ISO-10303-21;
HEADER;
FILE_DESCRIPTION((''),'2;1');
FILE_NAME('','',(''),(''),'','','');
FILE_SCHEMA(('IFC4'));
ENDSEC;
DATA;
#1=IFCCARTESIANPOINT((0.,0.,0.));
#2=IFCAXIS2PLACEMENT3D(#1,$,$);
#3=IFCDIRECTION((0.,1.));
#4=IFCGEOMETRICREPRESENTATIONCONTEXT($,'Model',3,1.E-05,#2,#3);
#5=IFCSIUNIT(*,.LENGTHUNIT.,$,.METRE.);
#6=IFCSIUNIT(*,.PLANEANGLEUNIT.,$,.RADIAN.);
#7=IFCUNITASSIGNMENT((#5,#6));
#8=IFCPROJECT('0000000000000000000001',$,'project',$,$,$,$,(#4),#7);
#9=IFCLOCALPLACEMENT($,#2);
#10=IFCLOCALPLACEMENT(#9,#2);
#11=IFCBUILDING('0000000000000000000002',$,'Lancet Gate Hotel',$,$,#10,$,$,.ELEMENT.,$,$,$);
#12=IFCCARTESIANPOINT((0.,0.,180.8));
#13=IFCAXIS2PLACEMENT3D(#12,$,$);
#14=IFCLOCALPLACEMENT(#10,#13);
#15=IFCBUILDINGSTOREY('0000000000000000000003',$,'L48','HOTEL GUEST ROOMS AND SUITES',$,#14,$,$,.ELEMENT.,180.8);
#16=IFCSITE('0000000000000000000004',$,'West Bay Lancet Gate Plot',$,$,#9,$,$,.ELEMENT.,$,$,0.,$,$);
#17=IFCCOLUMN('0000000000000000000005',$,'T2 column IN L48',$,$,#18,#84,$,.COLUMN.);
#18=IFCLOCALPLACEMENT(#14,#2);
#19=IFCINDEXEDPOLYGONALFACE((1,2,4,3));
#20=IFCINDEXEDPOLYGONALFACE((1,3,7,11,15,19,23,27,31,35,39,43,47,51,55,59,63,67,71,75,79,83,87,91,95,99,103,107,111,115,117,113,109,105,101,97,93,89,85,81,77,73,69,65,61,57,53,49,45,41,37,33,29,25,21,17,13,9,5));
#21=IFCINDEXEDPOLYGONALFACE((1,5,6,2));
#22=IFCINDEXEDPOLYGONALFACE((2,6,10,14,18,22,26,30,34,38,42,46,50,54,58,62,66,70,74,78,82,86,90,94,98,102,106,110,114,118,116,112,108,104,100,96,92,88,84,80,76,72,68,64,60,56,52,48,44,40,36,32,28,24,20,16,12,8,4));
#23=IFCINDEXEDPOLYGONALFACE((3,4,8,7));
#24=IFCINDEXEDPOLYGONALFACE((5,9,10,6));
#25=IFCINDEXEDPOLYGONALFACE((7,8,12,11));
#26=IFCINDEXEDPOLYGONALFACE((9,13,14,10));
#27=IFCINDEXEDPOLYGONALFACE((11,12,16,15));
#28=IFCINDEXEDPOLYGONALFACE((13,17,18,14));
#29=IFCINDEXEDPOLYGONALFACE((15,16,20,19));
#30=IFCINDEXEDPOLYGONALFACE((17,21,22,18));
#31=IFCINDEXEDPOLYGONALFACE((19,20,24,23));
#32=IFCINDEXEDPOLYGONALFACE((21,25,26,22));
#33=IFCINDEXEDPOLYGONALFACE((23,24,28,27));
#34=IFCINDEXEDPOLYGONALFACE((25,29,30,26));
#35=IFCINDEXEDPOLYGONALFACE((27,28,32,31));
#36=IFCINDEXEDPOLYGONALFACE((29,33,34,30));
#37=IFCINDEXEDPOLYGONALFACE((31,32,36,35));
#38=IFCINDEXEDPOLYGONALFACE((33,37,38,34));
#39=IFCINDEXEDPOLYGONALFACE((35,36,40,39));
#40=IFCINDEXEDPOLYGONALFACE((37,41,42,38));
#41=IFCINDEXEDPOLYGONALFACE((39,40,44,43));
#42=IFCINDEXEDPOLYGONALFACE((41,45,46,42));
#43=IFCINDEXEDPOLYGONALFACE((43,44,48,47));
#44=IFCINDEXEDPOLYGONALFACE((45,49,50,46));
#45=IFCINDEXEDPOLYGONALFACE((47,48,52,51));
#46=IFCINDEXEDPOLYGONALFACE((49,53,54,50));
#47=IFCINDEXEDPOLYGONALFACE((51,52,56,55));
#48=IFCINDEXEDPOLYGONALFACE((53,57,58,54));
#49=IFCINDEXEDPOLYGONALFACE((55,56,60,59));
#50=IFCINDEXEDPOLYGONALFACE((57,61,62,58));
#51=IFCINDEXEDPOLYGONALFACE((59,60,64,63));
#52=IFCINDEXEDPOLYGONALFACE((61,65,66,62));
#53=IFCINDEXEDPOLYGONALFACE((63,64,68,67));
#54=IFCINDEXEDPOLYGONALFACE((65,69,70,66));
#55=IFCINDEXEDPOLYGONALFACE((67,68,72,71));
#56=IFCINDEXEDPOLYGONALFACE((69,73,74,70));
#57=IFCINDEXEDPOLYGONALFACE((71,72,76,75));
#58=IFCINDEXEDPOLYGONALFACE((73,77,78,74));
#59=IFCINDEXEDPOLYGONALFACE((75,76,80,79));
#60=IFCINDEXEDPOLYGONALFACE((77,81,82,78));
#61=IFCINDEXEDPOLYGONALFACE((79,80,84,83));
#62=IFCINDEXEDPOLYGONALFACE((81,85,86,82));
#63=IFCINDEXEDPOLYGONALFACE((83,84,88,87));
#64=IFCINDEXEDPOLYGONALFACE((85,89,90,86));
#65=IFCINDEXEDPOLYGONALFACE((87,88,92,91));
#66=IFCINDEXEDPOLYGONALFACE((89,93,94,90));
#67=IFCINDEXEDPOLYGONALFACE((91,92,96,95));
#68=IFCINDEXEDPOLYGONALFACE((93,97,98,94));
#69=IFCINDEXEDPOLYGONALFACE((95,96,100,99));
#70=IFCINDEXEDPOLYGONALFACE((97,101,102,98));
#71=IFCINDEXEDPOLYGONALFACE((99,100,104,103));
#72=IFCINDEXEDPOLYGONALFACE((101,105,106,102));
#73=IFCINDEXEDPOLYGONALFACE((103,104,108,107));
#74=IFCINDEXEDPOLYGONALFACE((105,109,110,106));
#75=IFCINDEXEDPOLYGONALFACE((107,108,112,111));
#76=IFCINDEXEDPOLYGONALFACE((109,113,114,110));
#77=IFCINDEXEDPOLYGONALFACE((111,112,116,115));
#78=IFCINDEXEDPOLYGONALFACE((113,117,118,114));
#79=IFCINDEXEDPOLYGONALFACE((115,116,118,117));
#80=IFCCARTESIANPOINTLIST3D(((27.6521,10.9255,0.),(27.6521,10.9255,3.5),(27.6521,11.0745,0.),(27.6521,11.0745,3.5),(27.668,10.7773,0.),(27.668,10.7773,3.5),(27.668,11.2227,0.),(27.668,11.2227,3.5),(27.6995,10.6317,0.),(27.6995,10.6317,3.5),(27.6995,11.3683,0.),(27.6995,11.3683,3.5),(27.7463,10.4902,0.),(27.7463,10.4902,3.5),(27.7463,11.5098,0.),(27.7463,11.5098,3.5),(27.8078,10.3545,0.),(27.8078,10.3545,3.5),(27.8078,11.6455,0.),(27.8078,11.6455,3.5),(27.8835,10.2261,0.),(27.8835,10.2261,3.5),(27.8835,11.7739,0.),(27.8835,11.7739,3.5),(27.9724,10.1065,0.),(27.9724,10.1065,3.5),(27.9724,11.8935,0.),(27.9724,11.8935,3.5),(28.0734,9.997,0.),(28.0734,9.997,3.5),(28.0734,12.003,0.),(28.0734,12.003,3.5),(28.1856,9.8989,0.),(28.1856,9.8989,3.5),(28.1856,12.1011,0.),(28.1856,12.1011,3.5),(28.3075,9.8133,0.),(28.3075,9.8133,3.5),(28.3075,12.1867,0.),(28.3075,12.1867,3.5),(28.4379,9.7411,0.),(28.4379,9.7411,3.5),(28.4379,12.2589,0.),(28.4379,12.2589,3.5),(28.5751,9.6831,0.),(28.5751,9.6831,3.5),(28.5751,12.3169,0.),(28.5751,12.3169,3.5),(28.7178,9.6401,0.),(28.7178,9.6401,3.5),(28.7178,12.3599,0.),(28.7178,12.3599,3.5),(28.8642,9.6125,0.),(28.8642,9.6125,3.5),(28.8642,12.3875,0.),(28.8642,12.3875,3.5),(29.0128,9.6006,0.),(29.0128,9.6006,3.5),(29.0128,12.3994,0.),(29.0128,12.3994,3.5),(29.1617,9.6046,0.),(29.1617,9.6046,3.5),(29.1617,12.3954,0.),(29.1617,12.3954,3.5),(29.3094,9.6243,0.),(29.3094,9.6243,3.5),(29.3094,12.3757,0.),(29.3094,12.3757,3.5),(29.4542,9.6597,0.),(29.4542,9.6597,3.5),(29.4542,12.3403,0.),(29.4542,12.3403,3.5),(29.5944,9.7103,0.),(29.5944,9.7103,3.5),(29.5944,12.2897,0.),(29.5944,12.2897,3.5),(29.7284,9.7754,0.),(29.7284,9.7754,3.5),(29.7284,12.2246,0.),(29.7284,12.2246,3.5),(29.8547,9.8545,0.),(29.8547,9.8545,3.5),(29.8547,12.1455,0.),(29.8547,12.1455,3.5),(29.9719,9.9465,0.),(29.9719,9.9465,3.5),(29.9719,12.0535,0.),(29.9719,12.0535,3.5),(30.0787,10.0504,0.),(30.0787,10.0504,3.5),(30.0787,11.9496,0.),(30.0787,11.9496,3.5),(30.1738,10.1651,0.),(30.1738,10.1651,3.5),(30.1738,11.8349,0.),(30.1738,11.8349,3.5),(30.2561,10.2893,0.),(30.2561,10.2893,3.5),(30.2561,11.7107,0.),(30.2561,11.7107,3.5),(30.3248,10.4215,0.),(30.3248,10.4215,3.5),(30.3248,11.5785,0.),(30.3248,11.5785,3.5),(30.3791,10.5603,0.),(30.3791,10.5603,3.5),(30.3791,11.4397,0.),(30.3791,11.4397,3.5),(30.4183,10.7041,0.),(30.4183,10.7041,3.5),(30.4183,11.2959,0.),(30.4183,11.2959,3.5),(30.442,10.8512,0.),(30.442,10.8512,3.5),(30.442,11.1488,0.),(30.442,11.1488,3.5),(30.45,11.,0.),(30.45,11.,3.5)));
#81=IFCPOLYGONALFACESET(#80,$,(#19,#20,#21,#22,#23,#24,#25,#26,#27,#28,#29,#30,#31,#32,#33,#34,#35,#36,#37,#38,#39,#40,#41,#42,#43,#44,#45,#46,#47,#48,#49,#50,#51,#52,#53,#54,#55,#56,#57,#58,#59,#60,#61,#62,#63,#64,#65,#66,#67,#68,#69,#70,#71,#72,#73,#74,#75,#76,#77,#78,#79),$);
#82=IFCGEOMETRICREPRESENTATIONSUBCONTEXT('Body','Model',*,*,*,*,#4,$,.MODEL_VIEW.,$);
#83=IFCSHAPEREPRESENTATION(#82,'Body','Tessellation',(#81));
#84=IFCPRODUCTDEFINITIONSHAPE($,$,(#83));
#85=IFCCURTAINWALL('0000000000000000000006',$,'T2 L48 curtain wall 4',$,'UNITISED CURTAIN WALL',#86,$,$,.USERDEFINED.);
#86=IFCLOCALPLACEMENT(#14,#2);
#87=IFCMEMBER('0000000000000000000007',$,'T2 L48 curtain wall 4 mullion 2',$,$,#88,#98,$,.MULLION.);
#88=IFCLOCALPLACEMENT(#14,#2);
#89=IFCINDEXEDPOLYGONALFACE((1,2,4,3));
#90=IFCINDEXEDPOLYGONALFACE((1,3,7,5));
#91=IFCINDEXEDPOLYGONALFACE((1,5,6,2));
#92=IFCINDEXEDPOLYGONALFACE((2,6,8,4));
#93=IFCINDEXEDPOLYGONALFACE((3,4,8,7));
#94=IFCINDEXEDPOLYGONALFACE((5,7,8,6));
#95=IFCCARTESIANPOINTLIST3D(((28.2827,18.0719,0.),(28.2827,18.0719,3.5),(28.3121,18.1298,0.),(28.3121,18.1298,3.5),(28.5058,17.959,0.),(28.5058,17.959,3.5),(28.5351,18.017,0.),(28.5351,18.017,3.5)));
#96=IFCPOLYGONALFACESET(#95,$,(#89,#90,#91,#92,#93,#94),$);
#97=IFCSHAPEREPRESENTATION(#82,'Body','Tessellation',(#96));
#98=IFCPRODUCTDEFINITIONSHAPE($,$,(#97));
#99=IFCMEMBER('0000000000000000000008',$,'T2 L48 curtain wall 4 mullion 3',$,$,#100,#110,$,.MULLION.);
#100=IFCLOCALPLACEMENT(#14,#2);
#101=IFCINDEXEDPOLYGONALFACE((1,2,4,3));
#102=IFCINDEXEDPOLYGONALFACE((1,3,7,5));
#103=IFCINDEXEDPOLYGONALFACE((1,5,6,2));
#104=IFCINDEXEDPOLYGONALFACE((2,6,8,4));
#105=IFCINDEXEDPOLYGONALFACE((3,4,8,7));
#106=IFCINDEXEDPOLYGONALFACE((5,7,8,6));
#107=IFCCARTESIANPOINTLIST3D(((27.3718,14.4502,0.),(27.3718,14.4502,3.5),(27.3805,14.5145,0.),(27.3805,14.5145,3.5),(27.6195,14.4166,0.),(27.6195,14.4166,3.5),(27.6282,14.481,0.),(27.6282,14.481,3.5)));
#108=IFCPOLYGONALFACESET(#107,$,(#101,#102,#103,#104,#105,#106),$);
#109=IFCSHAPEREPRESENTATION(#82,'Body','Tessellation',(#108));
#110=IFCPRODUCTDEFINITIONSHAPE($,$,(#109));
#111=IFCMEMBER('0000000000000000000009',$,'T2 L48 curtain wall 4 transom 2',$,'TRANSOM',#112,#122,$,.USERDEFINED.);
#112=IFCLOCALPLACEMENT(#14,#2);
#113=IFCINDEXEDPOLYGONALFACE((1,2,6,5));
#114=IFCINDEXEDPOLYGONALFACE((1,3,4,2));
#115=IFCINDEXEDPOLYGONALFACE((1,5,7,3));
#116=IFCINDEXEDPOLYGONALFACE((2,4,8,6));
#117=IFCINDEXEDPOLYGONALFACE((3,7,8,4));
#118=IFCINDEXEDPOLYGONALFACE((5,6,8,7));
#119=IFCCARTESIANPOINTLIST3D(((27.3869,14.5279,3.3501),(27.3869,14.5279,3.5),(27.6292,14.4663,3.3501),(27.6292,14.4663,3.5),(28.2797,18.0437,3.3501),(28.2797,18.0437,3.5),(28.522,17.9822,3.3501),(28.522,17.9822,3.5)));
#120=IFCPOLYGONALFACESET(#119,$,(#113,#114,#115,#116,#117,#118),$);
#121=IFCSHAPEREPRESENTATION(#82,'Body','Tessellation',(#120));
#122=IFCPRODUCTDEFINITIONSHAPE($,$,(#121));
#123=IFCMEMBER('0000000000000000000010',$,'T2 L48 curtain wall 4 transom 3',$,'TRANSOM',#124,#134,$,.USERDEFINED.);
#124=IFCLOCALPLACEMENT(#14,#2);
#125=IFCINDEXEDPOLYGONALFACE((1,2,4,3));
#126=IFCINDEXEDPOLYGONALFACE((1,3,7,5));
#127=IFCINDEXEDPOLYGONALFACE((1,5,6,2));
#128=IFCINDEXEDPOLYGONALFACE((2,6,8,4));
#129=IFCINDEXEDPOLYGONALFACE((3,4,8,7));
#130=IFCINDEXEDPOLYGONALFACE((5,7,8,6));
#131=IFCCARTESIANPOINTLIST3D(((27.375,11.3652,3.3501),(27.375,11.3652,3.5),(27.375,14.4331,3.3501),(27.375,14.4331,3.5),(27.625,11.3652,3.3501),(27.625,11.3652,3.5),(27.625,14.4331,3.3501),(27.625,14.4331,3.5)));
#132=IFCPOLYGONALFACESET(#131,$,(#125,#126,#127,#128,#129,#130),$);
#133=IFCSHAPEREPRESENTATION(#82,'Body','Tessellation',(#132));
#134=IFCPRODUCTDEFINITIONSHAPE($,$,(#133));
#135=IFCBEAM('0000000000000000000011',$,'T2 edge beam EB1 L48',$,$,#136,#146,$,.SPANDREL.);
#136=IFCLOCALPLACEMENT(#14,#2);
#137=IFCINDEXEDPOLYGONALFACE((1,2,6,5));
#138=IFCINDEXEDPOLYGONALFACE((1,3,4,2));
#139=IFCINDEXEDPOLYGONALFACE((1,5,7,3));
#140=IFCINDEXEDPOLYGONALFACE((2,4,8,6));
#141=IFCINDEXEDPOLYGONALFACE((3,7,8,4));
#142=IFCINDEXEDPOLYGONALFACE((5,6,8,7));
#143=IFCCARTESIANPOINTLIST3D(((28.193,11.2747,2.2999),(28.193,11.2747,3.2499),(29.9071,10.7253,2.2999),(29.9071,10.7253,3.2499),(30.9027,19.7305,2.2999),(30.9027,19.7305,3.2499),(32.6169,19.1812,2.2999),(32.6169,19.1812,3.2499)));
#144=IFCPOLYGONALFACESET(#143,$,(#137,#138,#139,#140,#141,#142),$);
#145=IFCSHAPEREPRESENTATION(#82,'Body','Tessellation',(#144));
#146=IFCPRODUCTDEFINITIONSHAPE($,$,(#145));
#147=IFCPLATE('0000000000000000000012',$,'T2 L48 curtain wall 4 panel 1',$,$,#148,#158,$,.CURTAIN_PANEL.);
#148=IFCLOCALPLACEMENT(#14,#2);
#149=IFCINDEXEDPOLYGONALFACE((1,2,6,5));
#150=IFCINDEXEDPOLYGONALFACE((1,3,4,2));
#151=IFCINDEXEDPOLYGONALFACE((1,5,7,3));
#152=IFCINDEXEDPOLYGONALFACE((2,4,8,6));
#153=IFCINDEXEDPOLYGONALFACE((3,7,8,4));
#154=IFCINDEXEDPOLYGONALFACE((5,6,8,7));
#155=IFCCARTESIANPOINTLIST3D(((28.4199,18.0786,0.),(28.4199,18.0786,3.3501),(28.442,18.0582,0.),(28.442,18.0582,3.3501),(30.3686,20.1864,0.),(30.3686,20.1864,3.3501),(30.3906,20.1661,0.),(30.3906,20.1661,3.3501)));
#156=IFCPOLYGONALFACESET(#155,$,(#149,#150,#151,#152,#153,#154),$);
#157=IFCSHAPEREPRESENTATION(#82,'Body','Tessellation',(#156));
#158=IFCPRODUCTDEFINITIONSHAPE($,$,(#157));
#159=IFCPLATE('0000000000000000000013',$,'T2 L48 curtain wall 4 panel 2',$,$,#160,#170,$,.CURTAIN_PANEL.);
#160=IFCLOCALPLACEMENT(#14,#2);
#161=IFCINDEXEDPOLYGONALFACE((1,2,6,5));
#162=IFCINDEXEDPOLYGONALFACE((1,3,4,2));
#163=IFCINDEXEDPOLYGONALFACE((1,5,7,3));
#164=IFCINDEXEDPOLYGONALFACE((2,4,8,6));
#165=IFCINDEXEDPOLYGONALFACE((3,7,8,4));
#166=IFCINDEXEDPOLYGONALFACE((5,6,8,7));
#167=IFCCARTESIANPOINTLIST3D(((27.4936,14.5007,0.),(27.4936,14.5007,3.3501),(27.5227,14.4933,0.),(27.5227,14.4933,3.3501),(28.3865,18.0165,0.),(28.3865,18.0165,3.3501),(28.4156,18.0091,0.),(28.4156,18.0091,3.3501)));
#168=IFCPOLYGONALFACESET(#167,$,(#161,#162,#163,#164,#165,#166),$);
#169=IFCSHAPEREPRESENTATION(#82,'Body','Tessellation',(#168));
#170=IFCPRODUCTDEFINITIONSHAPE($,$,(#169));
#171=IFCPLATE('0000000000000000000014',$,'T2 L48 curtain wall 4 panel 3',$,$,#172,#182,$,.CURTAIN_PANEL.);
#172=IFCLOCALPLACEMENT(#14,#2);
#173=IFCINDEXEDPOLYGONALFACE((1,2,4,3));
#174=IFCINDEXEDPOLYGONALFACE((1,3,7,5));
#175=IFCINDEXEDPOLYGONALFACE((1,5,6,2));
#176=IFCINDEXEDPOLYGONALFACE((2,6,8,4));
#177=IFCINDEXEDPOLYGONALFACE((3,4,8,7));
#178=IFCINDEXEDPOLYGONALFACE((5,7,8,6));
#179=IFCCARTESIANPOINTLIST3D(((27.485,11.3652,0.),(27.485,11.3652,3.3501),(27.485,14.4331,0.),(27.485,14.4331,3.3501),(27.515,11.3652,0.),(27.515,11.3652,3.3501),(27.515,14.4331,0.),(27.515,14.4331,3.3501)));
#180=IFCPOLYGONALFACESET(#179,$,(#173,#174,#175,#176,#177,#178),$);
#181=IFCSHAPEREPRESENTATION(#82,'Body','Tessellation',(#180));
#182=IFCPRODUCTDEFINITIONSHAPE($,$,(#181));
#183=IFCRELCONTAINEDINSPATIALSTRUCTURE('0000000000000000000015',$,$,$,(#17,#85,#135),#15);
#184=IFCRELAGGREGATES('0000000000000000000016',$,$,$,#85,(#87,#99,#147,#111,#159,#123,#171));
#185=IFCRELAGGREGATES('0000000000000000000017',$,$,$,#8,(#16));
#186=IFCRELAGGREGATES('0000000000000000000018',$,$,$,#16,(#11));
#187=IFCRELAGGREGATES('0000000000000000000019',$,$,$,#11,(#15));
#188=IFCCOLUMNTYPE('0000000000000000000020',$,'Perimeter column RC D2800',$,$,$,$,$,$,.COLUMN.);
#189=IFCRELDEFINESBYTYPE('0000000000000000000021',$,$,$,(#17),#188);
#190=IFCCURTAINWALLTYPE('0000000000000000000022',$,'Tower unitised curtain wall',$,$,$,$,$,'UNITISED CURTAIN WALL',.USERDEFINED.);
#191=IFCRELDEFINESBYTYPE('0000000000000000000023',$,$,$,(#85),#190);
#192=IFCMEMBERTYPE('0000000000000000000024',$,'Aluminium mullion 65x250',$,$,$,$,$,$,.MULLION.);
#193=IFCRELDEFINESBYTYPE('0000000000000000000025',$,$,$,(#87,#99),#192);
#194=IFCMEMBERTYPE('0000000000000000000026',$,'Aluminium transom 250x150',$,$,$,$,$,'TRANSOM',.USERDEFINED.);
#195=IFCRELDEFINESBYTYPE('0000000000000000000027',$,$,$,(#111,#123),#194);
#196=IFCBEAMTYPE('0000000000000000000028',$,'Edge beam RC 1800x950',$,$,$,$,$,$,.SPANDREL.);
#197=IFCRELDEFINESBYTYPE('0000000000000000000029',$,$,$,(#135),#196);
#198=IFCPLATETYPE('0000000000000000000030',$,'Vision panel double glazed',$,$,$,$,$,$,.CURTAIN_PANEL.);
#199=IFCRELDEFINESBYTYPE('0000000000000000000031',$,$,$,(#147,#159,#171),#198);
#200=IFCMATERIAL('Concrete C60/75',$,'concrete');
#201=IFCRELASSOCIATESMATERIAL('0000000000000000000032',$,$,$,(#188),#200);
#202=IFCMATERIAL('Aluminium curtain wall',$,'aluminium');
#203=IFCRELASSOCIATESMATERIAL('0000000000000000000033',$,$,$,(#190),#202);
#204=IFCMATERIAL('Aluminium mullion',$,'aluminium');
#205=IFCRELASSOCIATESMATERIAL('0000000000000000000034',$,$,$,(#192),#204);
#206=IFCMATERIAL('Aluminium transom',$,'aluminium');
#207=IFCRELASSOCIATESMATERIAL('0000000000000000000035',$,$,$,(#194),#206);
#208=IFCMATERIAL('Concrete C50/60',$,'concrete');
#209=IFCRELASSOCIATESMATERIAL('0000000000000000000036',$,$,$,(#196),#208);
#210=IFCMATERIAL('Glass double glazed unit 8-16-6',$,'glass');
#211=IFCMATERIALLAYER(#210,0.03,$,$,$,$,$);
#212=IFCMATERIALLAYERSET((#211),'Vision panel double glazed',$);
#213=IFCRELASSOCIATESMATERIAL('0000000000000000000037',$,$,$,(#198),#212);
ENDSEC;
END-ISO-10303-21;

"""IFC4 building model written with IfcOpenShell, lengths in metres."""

from ifc_helpers import new_model, si_unit, direction, frame, origin, origin_2d, place, context, subcontext, project, spatial, rectangle, circle, extrude, material, layer, layer_set, material_profile, profile_set, type_object, element, aggregate, save


model = new_model("IFC4")

# Units and contexts
model_context = context("Model", 3, precision=1e-05, world=origin(), true_north=direction((0.0, 1.0)))
body_context = subcontext(model_context, "Body", "Model", "MODEL_VIEW")
ifc_project = project(units=[si_unit("LENGTHUNIT", "METRE"), si_unit("PLANEANGLEUNIT", "RADIAN")], contexts=[model_context])

# Site, building, storey
site_placement = place(None, origin())
site = spatial("IfcSite", under=ifc_project, at=site_placement, Name="West Bay Lancet Gate Plot", CompositionType="ELEMENT", RefElevation=0.0)
building_placement = place(site_placement, origin())
building = spatial("IfcBuilding", under=site, at=building_placement, Name="Lancet Gate Hotel", CompositionType="ELEMENT")
storey_placement = place(building_placement, frame((0.0, 0.0, 180.8)))
storey = spatial("IfcBuildingStorey", under=building, at=storey_placement, Name="L48", Description="HOTEL GUEST ROOMS AND SUITES", CompositionType="ELEMENT", Elevation=180.8)

# Column
ifc_material_1 = material(Name="Concrete C60/75", Category="concrete")
ifc_material_profile_1 = material_profile(ifc_material_1, circle(Radius=1.3999, at=origin_2d()), Name="RC D2800")
ifc_profile_set_1 = profile_set([ifc_material_profile_1], Name="Concrete C60/75")
column_type = type_object("IfcColumnType", Name="Perimeter column RC D2800", PredefinedType="COLUMN", material=ifc_profile_set_1)
column_placement = place(storey_placement, frame((29.05, 11.0, 0.0), z_axis=(0.0, 0.0, 1.0), x_axis=(1.0, 0.0, 0.0)))
element("IfcColumn", 1, at=column_placement, inside=storey, type_object=column_type, Name="T2 column IN L48", PredefinedType="COLUMN", context=body_context, shape_type="SweptSolid", body=[
    extrude(circle(Radius=1.3999, at=origin_2d()), origin(), (0.0, 0.0, 1.0), 3.5),
])

# Curtain wall, members
ifc_material_2 = material(Name="Aluminium curtain wall", Category="aluminium")
curtain_wall_type = type_object("IfcCurtainWallType", Name="Tower unitised curtain wall", ElementType="UNITISED CURTAIN WALL", PredefinedType="USERDEFINED", material=ifc_material_2)
curtain_wall_placement = place(storey_placement, origin())
curtain_wall = element("IfcCurtainWall", 2, at=curtain_wall_placement, inside=storey, type_object=curtain_wall_type, Name="T2 L48 curtain wall 4", ObjectType="UNITISED CURTAIN WALL", PredefinedType="USERDEFINED")
ifc_material_3 = material(Name="Aluminium mullion", Category="aluminium")
ifc_material_profile_2 = material_profile(ifc_material_3, rectangle(XDim=0.0649, YDim=0.25, at=origin_2d()), Name="MULLION 65x250")
ifc_profile_set_2 = profile_set([ifc_material_profile_2], Name="Aluminium mullion")
member_type_1 = type_object("IfcMemberType", Name="Aluminium mullion 65x250", PredefinedType="MULLION", material=ifc_profile_set_2)
member_1_placement = place(storey_placement, frame((28.4089, 18.0444, 0.0), z_axis=(0.0, 0.0, 1.0), x_axis=(-0.451506, -0.892268, 0.0)))
member_1 = element("IfcMember", 3, at=member_1_placement, type_object=member_type_1, Name="T2 L48 curtain wall 4 mullion 2", PredefinedType="MULLION", context=body_context, shape_type="SweptSolid", body=[
    extrude(rectangle(XDim=0.0649, YDim=0.25, at=origin_2d()), origin(), (0.0, 0.0, 1.0), 3.5),
])
member_2_placement = place(storey_placement, frame((27.5, 14.4656, 0.0), z_axis=(0.0, 0.0, 1.0), x_axis=(-0.134207, -0.990953, 0.0)))
member_2 = element("IfcMember", 4, at=member_2_placement, type_object=member_type_1, Name="T2 L48 curtain wall 4 mullion 3", PredefinedType="MULLION", context=body_context, shape_type="SweptSolid", body=[
    extrude(rectangle(XDim=0.0649, YDim=0.25, at=origin_2d()), origin(), (0.0, 0.0, 1.0), 3.5),
])
ifc_material_4 = material(Name="Aluminium transom", Category="aluminium")
ifc_material_profile_3 = material_profile(ifc_material_4, rectangle(XDim=0.25, YDim=0.1499, at=origin_2d()), Name="TRANSOM 250x150")
ifc_profile_set_3 = profile_set([ifc_material_profile_3], Name="Aluminium transom")
member_type_2 = type_object("IfcMemberType", Name="Aluminium transom 250x150", ElementType="TRANSOM", PredefinedType="USERDEFINED", material=ifc_profile_set_3)
member_3_placement = place(storey_placement, frame((28.4009, 18.0129, 3.425), z_axis=(-0.246129, -0.969237, 0.0), x_axis=(0.969237, -0.246129, 0.0)))
member_3 = element("IfcMember", 5, at=member_3_placement, type_object=member_type_2, Name="T2 L48 curtain wall 4 transom 2", ObjectType="TRANSOM", PredefinedType="USERDEFINED", context=body_context, shape_type="SweptSolid", body=[
    extrude(rectangle(XDim=0.25, YDim=0.1499, at=origin_2d()), origin(), (0.0, 0.0, 1.0), 3.6274),
])
member_4_placement = place(storey_placement, frame((27.5, 14.4331, 3.425), z_axis=(0.0, -1.0, 0.0), x_axis=(1.0, 0.0, 0.0)))
member_4 = element("IfcMember", 6, at=member_4_placement, type_object=member_type_2, Name="T2 L48 curtain wall 4 transom 3", ObjectType="TRANSOM", PredefinedType="USERDEFINED", context=body_context, shape_type="SweptSolid", body=[
    extrude(rectangle(XDim=0.25, YDim=0.1499, at=origin_2d()), origin(), (0.0, 0.0, 1.0), 3.0679),
])

# Beam
ifc_material_5 = material(Name="Concrete C50/60", Category="concrete")
ifc_material_profile_4 = material_profile(ifc_material_5, rectangle(XDim=1.8, YDim=0.95, at=origin_2d()), Name="RC 1800x950")
ifc_profile_set_4 = profile_set([ifc_material_profile_4], Name="Concrete C50/60")
beam_type = type_object("IfcBeamType", Name="Edge beam RC 1800x950", PredefinedType="SPANDREL", material=ifc_profile_set_4)
beam_placement = place(storey_placement, frame((29.05, 11.0, 2.7749), z_axis=(0.30517, 0.952298, 0.0), x_axis=(-0.952298, 0.30517, 0.0)))
element("IfcBeam", 7, at=beam_placement, inside=storey, type_object=beam_type, Name="T2 edge beam EB1 L48", PredefinedType="SPANDREL", context=body_context, shape_type="SweptSolid", body=[
    extrude(rectangle(XDim=1.8, YDim=0.95, at=origin_2d()), origin(), (0.0, 0.0, 1.0), 8.8794),
])

# Plates
ifc_material_6 = material(Name="Glass double glazed unit 8-16-6", Category="glass")
ifc_layer_1 = layer(ifc_material_6, 0.03)
ifc_layer_set_1 = layer_set([ifc_layer_1], Name="Vision panel double glazed")
plate_type = type_object("IfcPlateType", Name="Vision panel double glazed", PredefinedType="CURTAIN_PANEL", material=ifc_layer_set_1)
plate_1_placement = place(storey_placement, frame((29.4053, 19.1223, 0.0), z_axis=(0.0, 0.0, 1.0), x_axis=(-0.678831, -0.734294, 0.0)))
plate_1 = element("IfcPlate", 8, at=plate_1_placement, type_object=plate_type, Name="T2 L48 curtain wall 4 panel 1", PredefinedType="CURTAIN_PANEL", context=body_context, shape_type="SweptSolid", body=[
    extrude(rectangle(XDim=2.8706, YDim=0.03, at=origin_2d()), origin(), (0.0, 0.0, 1.0), 3.3501),
])
plate_2_placement = place(storey_placement, frame((27.9546, 16.2549, 0.0), z_axis=(0.0, 0.0, 1.0), x_axis=(-0.246167, -0.969228, 0.0)))
plate_2 = element("IfcPlate", 9, at=plate_2_placement, type_object=plate_type, Name="T2 L48 curtain wall 4 panel 2", PredefinedType="CURTAIN_PANEL", context=body_context, shape_type="SweptSolid", body=[
    extrude(rectangle(XDim=3.6274, YDim=0.03, at=origin_2d()), origin(), (0.0, 0.0, 1.0), 3.3501),
])
plate_3_placement = place(storey_placement, frame((27.5, 12.8992, 0.0), z_axis=(0.0, 0.0, 1.0), x_axis=(0.0, -1.0, 0.0)))
plate_3 = element("IfcPlate", 10, at=plate_3_placement, type_object=plate_type, Name="T2 L48 curtain wall 4 panel 3", PredefinedType="CURTAIN_PANEL", context=body_context, shape_type="SweptSolid", body=[
    extrude(rectangle(XDim=3.0679, YDim=0.03, at=origin_2d()), origin(), (0.0, 0.0, 1.0), 3.3501),
])
aggregate(curtain_wall, [member_1, member_2, plate_1, member_3, plate_2, member_4, plate_3])

save(model, "model.ifc")
